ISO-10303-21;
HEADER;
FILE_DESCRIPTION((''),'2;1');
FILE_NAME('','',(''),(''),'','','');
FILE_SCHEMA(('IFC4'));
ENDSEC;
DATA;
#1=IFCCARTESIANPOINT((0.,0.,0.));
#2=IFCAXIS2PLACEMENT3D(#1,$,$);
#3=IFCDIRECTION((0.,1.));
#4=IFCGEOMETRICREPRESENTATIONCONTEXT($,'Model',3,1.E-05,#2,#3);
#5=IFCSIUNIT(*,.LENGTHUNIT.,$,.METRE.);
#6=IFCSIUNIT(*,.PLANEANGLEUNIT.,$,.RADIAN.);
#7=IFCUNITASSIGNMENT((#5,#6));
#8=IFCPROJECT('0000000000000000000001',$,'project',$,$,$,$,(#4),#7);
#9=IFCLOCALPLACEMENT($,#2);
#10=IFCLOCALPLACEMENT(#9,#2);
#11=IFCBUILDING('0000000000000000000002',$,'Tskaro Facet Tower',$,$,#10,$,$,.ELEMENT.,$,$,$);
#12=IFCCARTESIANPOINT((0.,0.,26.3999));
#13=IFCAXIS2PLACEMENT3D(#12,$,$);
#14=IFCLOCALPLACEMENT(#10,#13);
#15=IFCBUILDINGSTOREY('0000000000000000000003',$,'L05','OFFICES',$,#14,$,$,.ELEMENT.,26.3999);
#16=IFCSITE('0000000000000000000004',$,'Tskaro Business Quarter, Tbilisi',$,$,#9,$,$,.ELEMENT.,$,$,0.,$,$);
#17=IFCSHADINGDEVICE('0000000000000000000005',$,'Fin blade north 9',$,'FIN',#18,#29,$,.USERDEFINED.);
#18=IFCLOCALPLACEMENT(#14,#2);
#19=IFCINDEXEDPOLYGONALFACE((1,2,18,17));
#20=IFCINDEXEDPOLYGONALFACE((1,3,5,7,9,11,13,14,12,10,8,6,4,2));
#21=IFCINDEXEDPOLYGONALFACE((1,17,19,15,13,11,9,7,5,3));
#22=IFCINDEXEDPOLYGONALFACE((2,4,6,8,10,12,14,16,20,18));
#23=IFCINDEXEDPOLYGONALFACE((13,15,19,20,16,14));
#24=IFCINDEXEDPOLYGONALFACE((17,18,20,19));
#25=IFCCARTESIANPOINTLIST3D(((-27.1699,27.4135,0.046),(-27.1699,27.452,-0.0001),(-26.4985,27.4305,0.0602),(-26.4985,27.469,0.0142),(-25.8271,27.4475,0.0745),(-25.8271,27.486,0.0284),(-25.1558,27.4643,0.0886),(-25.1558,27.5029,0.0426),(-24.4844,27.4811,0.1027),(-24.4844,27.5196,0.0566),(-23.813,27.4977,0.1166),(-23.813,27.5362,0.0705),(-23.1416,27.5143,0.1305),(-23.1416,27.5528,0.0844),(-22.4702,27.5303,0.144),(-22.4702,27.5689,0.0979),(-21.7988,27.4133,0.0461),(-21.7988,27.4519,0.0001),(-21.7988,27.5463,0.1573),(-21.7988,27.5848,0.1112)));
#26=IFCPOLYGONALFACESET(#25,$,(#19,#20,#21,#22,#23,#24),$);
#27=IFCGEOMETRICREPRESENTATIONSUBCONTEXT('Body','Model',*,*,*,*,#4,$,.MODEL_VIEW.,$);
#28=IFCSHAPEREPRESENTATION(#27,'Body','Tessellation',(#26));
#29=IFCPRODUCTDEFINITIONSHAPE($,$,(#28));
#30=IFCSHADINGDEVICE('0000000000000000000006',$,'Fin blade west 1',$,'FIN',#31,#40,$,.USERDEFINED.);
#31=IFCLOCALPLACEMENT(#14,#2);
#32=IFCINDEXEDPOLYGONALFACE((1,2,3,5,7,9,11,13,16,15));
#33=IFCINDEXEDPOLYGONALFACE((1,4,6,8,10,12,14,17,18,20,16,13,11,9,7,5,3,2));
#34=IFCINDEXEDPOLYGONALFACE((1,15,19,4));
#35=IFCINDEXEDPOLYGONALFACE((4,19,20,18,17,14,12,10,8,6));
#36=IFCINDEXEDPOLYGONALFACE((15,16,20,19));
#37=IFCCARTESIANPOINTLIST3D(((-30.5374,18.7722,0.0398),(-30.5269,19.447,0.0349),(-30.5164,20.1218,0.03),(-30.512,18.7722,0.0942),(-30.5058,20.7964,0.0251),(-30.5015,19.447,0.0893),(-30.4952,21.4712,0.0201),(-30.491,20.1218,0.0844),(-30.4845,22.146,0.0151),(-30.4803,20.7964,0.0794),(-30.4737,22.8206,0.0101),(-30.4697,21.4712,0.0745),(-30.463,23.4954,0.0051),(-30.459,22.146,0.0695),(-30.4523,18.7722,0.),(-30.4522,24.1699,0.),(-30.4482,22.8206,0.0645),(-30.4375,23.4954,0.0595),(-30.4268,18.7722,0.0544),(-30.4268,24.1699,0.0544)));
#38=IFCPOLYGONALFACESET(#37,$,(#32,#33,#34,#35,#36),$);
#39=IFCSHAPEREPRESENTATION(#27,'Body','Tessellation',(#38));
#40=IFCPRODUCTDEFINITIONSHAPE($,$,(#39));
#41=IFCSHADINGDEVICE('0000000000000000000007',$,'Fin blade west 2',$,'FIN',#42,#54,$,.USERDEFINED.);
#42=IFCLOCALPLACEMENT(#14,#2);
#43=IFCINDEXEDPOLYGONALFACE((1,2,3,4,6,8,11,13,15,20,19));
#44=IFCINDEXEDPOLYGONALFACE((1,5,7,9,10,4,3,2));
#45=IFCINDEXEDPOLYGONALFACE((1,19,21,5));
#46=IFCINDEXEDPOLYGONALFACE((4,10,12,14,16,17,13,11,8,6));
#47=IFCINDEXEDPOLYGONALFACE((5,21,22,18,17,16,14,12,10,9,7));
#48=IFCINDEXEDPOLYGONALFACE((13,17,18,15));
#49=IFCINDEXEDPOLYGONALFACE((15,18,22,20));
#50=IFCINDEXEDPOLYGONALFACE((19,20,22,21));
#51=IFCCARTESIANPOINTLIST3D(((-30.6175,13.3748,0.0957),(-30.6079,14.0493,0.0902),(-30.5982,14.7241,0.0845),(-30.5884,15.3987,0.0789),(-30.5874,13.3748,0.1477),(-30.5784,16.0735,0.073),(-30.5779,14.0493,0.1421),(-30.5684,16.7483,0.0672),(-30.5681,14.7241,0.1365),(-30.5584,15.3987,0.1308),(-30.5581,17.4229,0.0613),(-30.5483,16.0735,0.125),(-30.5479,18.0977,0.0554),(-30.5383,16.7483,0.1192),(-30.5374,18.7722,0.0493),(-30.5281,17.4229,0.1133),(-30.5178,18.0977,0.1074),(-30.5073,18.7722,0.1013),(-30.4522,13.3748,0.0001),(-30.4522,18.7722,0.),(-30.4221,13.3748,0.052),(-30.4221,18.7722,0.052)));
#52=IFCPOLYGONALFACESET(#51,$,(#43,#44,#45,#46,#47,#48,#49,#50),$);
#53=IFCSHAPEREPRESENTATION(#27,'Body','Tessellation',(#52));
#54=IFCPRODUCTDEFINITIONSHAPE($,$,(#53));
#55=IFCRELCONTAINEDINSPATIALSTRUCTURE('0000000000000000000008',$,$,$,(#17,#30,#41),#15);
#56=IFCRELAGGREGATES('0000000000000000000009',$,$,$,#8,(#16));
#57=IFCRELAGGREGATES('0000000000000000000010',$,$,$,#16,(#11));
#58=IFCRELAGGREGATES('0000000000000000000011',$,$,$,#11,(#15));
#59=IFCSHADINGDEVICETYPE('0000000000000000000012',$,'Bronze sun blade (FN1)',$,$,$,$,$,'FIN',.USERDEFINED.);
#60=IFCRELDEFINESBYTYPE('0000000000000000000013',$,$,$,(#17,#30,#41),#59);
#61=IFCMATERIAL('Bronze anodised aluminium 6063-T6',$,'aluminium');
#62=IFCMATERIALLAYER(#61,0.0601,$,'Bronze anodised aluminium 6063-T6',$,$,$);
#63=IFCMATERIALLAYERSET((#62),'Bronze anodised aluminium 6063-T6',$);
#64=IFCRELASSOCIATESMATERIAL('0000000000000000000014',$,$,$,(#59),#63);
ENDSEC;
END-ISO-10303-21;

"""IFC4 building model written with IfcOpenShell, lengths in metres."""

from ifc_helpers import new_model, si_unit, direction, frame, origin, place, context, subcontext, project, spatial, polyline, outline, extrude, material, layer, layer_set, type_object, element, save


model = new_model("IFC4")

# Units and contexts
model_context = context("Model", 3, precision=1e-05, world=origin(), true_north=direction((0.0, 1.0)))
body_context = subcontext(model_context, "Body", "Model", "MODEL_VIEW")
ifc_project = project(units=[si_unit("LENGTHUNIT", "METRE"), si_unit("PLANEANGLEUNIT", "RADIAN")], contexts=[model_context])

# Site, building, storey
site_placement = place(None, origin())
site = spatial("IfcSite", under=ifc_project, at=site_placement, Name="Tskaro Business Quarter, Tbilisi", CompositionType="ELEMENT", RefElevation=0.0)
building_placement = place(site_placement, origin())
building = spatial("IfcBuilding", under=site, at=building_placement, Name="Tskaro Facet Tower", CompositionType="ELEMENT")
storey_placement = place(building_placement, frame((0.0, 0.0, 26.3999)))
storey = spatial("IfcBuildingStorey", under=building, at=storey_placement, Name="L05", Description="OFFICES", CompositionType="ELEMENT", Elevation=26.3999)

# Shared definitions
ifc_material_1 = material(Name="Bronze anodised aluminium 6063-T6", Category="aluminium")

# Shading devices
ifc_layer_1 = layer(ifc_material_1, 0.0601, Name="Bronze anodised aluminium 6063-T6")
ifc_layer_set_1 = layer_set([ifc_layer_1], Name="Bronze anodised aluminium 6063-T6")
shading_device_type = type_object("IfcShadingDeviceType", Name="Bronze sun blade (FN1)", ElementType="FIN", PredefinedType="USERDEFINED", material=ifc_layer_set_1)
shading_device_1_placement = place(storey_placement, frame((-21.7988, 27.4133, 0.0461), z_axis=(-0.000037, -0.641518, 0.767108), x_axis=(-1.0, 0.000024, -0.000029)))
element("IfcShadingDevice", 1, at=shading_device_1_placement, inside=storey, type_object=shading_device_type, Name="Fin blade north 9", ObjectType="FIN", PredefinedType="USERDEFINED", context=body_context, shape_type="SweptSolid", body=[
    extrude(outline(polyline([(0.0, 0.0), (5.3711, 0.0), (4.6997, -0.0222), (4.0283, -0.0444), (3.3569, -0.0664), (2.6855, -0.0882), (2.0142, -0.1099), (1.3428, -0.1315), (0.6714, -0.1525), (0.0, -0.1733), (0.0, 0.0)])), origin(), (0.0, 0.0, -1.0), 0.0601),
])
shading_device_2_placement = place(storey_placement, frame((-30.4268, 24.1699, 0.0544), z_axis=(0.423946, -0.000015, 0.905688), x_axis=(-0.000006, -1.0, -0.000014)))
element("IfcShadingDevice", 2, at=shading_device_2_placement, inside=storey, type_object=shading_device_type, Name="Fin blade west 1", ObjectType="FIN", PredefinedType="USERDEFINED", context=body_context, shape_type="SweptSolid", body=[
    extrude(outline(polyline([(0.0, 0.0), (5.3977, 0.0), (5.3977, -0.094), (4.7229, -0.0825), (4.0481, -0.0709), (3.3735, -0.0591), (2.6987, -0.0474), (2.0239, -0.0356), (1.3494, -0.0237), (0.6746, -0.0119), (0.0, 0.0)])), origin(), (0.0, 0.0, -1.0), 0.0601),
])
shading_device_3_placement = place(storey_placement, frame((-30.4221, 18.7722, 0.052), z_axis=(0.500763, 0.000007, 0.865584), x_axis=(0.000004, -1.0, 0.000006)))
element("IfcShadingDevice", 3, at=shading_device_3_placement, inside=storey, type_object=shading_device_type, Name="Fin blade west 2", ObjectType="FIN", PredefinedType="USERDEFINED", context=body_context, shape_type="SweptSolid", body=[
    extrude(outline(polyline([(0.0, 0.0), (5.3975, 0.0), (5.3975, -0.191), (4.7229, -0.1799), (4.0481, -0.1687), (3.3735, -0.1574), (2.6987, -0.1458), (2.0239, -0.1342), (1.3494, -0.1224), (0.6746, -0.1106), (0.0, -0.0984), (0.0, 0.0)])), origin(), (0.0, 0.0, -1.0), 0.0601),
])

save(model, "model.ifc")
